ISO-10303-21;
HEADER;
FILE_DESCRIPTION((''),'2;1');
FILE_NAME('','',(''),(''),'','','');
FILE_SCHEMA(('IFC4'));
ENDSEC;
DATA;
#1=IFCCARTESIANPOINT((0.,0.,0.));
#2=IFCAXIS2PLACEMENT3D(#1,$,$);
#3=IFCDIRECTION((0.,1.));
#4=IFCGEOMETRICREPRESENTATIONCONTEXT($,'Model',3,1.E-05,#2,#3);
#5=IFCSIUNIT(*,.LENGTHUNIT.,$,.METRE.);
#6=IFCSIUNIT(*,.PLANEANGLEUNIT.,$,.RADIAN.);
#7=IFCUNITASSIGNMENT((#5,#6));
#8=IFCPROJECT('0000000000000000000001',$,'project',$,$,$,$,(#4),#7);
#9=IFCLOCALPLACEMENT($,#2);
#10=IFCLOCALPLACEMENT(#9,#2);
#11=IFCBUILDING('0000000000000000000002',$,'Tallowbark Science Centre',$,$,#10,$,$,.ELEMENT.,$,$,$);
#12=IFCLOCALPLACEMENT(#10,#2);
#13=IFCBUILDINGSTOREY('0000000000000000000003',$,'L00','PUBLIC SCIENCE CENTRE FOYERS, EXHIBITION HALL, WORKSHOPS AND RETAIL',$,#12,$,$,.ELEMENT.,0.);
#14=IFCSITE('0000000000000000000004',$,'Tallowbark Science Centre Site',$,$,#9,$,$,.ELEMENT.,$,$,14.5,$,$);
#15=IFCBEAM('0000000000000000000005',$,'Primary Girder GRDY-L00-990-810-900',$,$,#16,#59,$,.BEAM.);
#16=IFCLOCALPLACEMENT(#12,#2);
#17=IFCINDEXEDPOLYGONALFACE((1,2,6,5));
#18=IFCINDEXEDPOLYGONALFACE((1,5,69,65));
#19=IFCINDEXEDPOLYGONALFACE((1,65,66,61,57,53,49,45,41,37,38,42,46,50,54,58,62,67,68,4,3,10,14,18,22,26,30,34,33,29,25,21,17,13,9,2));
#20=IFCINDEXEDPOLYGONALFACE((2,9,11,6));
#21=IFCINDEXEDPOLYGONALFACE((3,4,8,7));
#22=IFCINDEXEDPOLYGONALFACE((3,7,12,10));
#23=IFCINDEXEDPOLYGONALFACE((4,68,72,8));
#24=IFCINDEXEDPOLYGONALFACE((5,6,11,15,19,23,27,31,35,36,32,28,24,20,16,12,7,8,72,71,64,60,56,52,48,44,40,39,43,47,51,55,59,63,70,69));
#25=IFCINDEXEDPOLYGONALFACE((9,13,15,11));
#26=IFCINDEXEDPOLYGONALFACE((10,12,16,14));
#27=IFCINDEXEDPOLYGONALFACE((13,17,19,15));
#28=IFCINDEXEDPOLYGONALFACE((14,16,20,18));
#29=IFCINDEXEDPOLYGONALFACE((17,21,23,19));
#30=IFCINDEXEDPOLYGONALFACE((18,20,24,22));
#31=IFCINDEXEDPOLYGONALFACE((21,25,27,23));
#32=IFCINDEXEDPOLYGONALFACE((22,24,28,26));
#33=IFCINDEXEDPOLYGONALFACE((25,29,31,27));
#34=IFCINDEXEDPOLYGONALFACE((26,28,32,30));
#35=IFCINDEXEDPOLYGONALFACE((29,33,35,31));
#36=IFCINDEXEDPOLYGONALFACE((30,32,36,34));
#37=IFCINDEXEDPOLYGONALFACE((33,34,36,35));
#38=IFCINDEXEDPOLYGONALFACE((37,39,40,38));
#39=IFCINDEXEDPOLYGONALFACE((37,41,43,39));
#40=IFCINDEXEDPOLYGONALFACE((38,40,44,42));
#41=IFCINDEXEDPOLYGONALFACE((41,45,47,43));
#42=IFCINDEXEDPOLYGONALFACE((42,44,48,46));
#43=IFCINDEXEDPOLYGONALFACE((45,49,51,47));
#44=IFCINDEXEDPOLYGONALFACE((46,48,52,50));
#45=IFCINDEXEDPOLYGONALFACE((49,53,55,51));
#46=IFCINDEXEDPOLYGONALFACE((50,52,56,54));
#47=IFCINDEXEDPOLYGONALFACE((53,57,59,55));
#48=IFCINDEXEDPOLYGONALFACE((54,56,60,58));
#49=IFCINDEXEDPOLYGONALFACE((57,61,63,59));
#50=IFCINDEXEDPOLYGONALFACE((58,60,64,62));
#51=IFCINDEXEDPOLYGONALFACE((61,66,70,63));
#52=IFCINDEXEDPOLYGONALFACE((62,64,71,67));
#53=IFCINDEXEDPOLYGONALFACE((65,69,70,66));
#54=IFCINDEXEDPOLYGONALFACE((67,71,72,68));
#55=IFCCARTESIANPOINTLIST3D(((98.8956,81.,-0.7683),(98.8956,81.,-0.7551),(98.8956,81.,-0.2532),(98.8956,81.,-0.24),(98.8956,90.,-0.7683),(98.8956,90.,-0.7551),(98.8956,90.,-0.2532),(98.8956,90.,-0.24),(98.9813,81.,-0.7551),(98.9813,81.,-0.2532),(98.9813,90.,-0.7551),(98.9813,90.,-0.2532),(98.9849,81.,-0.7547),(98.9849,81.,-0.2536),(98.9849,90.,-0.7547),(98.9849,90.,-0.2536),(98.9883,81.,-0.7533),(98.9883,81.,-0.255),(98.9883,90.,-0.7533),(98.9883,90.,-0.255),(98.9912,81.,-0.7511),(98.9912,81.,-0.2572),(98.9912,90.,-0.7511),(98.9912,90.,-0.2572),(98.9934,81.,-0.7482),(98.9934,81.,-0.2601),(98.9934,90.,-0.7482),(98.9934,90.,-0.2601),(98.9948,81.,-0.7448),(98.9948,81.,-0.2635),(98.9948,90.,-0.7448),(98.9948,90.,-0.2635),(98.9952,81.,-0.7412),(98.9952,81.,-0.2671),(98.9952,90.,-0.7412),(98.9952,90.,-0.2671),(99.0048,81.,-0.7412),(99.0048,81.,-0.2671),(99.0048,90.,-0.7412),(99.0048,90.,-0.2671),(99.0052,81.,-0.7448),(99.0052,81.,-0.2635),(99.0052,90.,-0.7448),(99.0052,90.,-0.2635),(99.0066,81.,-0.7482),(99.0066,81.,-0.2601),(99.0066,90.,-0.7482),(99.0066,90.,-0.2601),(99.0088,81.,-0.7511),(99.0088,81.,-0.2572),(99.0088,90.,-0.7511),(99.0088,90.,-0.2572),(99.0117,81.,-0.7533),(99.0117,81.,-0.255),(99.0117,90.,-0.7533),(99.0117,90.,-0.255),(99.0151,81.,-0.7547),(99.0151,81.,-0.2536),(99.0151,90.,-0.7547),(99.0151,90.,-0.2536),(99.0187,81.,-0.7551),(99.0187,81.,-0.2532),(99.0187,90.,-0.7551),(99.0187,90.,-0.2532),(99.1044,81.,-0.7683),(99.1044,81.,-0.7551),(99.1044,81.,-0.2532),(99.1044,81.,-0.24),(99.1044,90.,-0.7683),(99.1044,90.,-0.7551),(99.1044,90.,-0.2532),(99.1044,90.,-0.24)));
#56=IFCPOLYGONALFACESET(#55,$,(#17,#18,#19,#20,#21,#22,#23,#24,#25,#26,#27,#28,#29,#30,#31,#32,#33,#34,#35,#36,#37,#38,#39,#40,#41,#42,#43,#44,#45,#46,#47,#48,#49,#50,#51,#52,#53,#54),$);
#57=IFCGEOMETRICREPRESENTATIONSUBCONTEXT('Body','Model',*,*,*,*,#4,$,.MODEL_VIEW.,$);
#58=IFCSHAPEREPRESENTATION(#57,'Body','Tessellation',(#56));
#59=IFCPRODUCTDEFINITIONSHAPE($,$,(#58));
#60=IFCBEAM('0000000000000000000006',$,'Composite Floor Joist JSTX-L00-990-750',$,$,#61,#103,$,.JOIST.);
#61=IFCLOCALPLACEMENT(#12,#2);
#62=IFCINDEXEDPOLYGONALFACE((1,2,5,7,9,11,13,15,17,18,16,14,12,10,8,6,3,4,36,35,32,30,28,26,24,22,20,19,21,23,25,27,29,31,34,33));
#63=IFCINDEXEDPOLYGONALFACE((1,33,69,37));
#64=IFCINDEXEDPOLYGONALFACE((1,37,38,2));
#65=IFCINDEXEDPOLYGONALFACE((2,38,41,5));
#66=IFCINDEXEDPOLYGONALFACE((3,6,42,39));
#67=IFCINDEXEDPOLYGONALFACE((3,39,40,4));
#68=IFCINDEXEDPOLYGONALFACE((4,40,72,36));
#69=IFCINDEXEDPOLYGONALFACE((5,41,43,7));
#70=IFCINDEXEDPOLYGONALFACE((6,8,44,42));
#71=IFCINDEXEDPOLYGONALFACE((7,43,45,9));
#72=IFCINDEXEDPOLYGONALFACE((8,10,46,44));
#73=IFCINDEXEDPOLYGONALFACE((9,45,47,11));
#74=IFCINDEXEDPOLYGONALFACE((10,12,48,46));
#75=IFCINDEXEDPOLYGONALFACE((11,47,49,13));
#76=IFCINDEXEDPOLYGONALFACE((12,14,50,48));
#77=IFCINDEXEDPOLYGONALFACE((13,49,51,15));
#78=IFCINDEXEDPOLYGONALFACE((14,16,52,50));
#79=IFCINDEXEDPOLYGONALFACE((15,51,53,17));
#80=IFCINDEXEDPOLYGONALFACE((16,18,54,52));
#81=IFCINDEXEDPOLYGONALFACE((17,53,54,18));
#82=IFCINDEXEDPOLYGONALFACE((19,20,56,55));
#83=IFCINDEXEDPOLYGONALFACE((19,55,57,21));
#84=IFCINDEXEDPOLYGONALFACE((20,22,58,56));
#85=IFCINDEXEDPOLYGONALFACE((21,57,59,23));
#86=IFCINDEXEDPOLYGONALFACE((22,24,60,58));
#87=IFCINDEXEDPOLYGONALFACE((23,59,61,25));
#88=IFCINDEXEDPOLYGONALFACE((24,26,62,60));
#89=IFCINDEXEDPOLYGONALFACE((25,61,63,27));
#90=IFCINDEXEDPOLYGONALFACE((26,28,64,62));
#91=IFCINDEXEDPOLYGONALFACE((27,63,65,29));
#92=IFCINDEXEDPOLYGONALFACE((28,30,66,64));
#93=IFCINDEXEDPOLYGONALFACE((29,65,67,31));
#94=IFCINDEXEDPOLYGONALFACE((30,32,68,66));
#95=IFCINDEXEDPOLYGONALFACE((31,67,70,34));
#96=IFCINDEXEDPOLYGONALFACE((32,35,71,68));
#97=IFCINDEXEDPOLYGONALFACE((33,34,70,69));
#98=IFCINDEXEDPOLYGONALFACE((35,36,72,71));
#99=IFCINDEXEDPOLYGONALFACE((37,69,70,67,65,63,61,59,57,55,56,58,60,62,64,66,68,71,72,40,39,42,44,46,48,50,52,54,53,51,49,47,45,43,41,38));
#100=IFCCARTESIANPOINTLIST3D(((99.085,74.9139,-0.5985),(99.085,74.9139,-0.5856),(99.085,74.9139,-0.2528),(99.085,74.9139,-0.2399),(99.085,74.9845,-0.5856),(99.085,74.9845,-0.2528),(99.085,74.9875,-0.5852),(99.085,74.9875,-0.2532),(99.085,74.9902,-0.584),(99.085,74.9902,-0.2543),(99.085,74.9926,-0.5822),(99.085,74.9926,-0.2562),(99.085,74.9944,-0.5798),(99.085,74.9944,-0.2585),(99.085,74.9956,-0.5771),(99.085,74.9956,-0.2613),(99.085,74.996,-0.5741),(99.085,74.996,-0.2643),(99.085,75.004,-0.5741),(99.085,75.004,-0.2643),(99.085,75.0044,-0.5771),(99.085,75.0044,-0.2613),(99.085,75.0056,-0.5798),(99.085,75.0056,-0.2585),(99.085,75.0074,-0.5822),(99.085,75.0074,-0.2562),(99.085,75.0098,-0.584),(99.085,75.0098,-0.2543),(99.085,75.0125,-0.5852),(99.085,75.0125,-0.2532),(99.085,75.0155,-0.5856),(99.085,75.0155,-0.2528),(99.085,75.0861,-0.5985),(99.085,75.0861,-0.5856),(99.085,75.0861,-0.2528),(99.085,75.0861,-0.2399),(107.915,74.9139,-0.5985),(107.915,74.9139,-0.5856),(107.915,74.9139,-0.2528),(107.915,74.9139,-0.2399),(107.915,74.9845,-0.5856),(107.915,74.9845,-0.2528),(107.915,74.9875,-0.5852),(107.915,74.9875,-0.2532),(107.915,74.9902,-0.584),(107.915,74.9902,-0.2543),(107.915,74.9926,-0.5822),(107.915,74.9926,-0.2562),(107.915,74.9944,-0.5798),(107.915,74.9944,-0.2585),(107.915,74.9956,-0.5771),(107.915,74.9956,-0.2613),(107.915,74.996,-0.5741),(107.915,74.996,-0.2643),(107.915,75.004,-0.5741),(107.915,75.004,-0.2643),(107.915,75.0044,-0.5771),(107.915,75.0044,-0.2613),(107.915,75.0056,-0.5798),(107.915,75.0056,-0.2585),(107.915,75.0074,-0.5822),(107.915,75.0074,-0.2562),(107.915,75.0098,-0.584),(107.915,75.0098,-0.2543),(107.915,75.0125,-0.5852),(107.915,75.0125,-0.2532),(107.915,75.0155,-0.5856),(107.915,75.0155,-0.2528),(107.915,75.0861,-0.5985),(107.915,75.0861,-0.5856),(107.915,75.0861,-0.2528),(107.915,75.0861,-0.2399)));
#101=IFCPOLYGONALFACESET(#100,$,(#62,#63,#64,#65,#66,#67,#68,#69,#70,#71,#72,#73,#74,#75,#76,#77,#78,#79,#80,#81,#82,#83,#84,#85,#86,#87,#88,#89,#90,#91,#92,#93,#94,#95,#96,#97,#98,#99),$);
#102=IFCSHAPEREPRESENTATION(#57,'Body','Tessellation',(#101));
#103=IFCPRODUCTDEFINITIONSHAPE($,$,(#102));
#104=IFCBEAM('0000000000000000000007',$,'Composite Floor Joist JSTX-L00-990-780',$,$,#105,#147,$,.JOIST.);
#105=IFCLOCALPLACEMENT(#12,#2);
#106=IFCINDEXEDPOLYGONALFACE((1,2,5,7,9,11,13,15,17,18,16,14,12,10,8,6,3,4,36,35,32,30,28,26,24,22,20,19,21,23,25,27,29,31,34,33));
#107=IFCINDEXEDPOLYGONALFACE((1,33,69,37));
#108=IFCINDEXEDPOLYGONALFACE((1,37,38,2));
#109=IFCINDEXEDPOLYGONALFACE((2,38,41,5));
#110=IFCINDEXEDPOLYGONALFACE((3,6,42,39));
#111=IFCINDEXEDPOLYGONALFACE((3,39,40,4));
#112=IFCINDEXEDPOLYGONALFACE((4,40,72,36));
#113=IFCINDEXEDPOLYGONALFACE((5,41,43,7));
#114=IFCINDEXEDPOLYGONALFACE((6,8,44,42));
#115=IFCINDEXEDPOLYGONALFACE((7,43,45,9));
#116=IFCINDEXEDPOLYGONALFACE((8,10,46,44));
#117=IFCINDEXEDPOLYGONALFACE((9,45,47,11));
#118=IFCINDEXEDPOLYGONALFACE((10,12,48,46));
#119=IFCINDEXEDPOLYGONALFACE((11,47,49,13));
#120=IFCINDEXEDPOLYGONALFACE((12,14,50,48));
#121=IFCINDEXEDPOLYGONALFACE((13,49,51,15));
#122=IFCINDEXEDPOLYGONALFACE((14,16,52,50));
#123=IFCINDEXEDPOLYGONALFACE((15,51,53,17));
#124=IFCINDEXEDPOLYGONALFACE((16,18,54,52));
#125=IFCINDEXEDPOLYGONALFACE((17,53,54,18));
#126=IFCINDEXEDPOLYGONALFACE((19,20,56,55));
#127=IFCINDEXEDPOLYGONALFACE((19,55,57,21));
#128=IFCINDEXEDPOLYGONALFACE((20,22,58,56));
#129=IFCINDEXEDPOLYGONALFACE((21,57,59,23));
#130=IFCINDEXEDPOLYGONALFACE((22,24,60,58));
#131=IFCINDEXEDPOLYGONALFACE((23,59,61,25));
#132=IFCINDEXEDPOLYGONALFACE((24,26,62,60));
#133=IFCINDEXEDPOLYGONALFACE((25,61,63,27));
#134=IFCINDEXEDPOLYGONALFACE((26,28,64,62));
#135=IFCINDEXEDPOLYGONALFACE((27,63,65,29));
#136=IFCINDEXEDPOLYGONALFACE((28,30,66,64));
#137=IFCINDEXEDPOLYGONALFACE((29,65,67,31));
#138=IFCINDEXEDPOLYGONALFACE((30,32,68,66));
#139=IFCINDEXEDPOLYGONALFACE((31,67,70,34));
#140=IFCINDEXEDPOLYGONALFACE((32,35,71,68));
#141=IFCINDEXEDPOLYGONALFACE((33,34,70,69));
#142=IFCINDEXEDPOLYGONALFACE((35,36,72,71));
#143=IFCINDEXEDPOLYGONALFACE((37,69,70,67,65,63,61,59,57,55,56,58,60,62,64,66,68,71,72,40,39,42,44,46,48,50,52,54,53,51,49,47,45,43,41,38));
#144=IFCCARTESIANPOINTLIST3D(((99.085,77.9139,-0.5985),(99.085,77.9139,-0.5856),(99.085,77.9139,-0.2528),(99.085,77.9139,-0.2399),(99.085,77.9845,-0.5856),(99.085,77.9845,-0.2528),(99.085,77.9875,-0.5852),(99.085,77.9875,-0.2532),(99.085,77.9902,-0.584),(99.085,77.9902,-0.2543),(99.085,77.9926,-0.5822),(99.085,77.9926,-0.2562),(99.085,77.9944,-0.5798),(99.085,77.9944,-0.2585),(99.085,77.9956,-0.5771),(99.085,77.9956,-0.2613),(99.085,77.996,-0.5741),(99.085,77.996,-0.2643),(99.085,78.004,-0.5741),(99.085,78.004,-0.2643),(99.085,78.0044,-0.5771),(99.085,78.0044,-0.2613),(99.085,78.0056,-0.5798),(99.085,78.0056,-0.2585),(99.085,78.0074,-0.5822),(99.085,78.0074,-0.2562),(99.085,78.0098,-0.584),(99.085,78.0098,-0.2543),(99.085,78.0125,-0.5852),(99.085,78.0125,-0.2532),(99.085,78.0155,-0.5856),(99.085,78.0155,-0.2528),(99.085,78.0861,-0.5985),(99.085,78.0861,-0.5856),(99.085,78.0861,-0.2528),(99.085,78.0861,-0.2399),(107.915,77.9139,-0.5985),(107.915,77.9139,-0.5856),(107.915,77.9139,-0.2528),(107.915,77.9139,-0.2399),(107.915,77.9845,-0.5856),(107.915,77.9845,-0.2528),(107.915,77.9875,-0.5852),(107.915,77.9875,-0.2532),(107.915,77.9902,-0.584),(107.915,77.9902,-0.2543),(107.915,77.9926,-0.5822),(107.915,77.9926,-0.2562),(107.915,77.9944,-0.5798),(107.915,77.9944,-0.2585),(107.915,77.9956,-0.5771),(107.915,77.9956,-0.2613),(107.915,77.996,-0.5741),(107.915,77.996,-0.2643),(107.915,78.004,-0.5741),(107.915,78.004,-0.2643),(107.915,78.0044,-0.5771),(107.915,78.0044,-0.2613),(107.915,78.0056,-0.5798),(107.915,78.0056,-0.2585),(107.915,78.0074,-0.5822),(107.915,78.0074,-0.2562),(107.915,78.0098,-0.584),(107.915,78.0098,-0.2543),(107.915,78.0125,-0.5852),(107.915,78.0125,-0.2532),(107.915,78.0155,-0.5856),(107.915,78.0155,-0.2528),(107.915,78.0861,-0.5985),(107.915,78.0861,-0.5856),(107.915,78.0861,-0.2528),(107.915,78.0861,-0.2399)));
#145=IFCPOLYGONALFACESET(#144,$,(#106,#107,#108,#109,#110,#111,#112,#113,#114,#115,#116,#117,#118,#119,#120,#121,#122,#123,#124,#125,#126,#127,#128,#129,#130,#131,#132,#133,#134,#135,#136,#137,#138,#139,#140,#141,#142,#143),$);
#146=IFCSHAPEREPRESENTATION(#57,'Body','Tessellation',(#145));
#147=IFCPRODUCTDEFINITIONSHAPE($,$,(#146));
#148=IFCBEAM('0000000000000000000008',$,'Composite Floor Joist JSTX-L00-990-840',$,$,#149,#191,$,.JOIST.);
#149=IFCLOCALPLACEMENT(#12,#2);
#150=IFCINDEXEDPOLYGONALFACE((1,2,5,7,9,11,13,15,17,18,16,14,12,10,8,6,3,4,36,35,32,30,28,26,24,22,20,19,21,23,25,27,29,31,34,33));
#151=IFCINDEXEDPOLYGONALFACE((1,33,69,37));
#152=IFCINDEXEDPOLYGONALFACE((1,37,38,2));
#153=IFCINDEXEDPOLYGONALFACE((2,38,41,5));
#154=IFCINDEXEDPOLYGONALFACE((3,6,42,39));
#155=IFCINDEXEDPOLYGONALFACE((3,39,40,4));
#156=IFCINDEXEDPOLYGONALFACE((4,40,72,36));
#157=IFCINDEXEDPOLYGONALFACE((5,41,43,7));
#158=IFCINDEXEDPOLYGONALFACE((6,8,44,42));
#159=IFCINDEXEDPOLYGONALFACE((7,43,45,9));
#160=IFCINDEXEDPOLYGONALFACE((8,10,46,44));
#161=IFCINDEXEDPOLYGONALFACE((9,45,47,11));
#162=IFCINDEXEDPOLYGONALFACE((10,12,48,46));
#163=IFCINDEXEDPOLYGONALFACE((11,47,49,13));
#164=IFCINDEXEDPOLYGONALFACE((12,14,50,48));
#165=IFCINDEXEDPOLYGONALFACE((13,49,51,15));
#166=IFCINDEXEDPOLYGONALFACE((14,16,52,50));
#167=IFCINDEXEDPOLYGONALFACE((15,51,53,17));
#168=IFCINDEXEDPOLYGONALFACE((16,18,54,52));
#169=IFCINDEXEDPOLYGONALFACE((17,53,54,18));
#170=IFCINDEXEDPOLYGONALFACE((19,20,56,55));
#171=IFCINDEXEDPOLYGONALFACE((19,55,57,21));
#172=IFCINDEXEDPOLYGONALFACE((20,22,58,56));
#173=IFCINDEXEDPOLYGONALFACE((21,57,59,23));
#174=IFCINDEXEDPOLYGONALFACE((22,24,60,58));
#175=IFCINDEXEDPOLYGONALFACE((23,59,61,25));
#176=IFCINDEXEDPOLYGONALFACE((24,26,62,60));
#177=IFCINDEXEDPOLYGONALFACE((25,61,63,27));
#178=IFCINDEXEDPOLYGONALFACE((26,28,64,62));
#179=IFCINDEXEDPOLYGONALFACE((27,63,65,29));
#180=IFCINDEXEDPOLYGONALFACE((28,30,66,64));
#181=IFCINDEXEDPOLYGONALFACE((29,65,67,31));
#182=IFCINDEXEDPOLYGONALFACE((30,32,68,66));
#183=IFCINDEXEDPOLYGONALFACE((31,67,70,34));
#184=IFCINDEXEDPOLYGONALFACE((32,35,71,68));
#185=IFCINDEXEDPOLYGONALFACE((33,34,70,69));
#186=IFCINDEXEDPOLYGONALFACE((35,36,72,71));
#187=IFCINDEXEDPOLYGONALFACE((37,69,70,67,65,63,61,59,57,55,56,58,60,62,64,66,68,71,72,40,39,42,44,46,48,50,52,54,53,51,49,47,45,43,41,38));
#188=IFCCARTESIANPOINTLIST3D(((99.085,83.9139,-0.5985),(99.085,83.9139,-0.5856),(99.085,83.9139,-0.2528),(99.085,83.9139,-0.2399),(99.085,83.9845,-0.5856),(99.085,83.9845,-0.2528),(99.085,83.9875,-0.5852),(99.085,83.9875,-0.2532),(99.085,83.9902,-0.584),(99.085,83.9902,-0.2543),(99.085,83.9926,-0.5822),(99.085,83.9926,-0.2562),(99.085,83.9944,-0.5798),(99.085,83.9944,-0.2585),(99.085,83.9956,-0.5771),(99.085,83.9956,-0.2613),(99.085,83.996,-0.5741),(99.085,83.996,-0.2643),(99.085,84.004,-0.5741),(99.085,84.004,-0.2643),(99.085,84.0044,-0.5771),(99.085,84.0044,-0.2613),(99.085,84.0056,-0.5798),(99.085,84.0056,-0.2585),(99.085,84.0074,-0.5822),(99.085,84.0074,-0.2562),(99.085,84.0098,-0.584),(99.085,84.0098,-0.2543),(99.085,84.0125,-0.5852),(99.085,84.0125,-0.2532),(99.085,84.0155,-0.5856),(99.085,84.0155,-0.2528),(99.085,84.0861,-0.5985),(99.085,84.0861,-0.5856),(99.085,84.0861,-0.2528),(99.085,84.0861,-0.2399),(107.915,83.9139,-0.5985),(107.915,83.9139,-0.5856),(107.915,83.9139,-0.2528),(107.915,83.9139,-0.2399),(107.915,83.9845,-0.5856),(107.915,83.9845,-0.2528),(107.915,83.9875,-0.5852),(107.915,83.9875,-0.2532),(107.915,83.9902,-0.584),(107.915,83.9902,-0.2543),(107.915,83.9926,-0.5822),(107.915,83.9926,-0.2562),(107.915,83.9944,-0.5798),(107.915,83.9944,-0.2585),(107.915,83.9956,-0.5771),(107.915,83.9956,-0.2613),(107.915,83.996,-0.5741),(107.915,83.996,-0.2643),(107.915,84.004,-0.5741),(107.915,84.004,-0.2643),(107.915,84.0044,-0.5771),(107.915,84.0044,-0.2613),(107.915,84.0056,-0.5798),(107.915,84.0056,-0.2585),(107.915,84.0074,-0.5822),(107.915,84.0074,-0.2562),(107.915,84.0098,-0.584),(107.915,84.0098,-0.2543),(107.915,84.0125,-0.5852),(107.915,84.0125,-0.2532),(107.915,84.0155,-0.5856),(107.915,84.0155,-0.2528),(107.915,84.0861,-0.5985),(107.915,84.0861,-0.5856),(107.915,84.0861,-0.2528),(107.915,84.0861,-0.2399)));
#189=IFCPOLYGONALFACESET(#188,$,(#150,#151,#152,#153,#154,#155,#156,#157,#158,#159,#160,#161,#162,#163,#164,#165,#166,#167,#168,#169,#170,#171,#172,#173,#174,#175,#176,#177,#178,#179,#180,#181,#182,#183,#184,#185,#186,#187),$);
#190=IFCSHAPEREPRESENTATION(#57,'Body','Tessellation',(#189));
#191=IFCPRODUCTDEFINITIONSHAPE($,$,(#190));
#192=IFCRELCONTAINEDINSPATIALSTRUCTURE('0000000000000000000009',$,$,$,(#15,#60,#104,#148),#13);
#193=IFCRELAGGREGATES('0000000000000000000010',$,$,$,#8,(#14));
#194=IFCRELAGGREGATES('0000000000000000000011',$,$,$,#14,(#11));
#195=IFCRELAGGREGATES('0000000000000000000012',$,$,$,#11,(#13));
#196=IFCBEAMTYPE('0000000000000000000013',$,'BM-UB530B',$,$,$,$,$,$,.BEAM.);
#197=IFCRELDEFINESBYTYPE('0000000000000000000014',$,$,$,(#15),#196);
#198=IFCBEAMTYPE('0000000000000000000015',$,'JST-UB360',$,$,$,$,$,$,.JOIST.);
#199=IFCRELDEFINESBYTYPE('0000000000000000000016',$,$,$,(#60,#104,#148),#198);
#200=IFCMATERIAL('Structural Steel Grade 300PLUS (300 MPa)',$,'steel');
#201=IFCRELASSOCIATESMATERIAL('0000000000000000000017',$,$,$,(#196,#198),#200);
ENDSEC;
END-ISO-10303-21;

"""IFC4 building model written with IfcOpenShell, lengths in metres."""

from ifc_helpers import new_model, si_unit, direction, frame, origin, origin_2d, place, context, subcontext, project, spatial, i_section, extrude, material, material_profile, profile_set, type_object, element, save


model = new_model("IFC4")

# Units and contexts
model_context = context("Model", 3, precision=1e-05, world=origin(), true_north=direction((0.0, 1.0)))
body_context = subcontext(model_context, "Body", "Model", "MODEL_VIEW")
ifc_project = project(units=[si_unit("LENGTHUNIT", "METRE"), si_unit("PLANEANGLEUNIT", "RADIAN")], contexts=[model_context])

# Site, building, storey
site_placement = place(None, origin())
site = spatial("IfcSite", under=ifc_project, at=site_placement, Name="Tallowbark Science Centre Site", CompositionType="ELEMENT", RefElevation=14.5)
building_placement = place(site_placement, origin())
building = spatial("IfcBuilding", under=site, at=building_placement, Name="Tallowbark Science Centre", CompositionType="ELEMENT")
storey_placement = place(building_placement, origin())
storey = spatial("IfcBuildingStorey", under=building, at=storey_placement, Name="L00", Description="PUBLIC SCIENCE CENTRE FOYERS, EXHIBITION HALL, WORKSHOPS AND RETAIL", CompositionType="ELEMENT", Elevation=0.0)

# Shared definitions
ifc_material_1 = material(Name="Structural Steel Grade 300PLUS (300 MPa)", Category="steel")

# Beams
ifc_material_profile_1 = material_profile(ifc_material_1, i_section(OverallWidth=0.2087, OverallDepth=0.5283, WebThickness=0.0095, FlangeThickness=0.0132, FilletRadius=0.0139, at=origin_2d()), Name="530UB82.0")
ifc_profile_set_1 = profile_set([ifc_material_profile_1], Name="Structural Steel Grade 300PLUS (300 MPa)")
beam_type_1 = type_object("IfcBeamType", Name="BM-UB530B", PredefinedType="BEAM", material=ifc_profile_set_1)
beam_placement = place(storey_placement, frame((99.0, 81.0, -0.5042), z_axis=(0.0, 1.0, 0.0), x_axis=(-1.0, 0.0, 0.0)))
element("IfcBeam", 1, at=beam_placement, inside=storey, type_object=beam_type_1, Name="Primary Girder GRDY-L00-990-810-900", PredefinedType="BEAM", context=body_context, shape_type="SweptSolid", body=[
    extrude(i_section(OverallWidth=0.2087, OverallDepth=0.5283, WebThickness=0.0095, FlangeThickness=0.0132, FilletRadius=0.0139, at=origin_2d()), origin(), (0.0, 0.0, 1.0), 9.0),
])
ifc_material_profile_2 = material_profile(ifc_material_1, i_section(OverallWidth=0.1721, OverallDepth=0.3586, WebThickness=0.0081, FlangeThickness=0.0129, FilletRadius=0.0115, at=origin_2d()), Name="360UB56.7")
ifc_profile_set_2 = profile_set([ifc_material_profile_2], Name="Structural Steel Grade 300PLUS (300 MPa)")
beam_type_2 = type_object("IfcBeamType", Name="JST-UB360", PredefinedType="JOIST", material=ifc_profile_set_2)
for number, where, z_axis, x_axis, name in (
    (2, (99.085, 75.0, -0.4192), (1.0, 0.0, 0.0), (0.0, 1.0, 0.0), "Composite Floor Joist JSTX-L00-990-750"),
    (3, (99.085, 78.0, -0.4192), (1.0, 0.0, 0.0), (0.0, 1.0, 0.0), "Composite Floor Joist JSTX-L00-990-780"),
    (4, (99.085, 84.0, -0.4192), (1.0, 0.0, 0.0), (0.0, 1.0, 0.0), "Composite Floor Joist JSTX-L00-990-840"),
):
    element("IfcBeam", number, at=place(storey_placement, frame(where, z_axis=z_axis, x_axis=x_axis)), inside=storey, type_object=beam_type_2, Name=name, PredefinedType="JOIST", context=body_context, shape_type="SweptSolid", body=[
        extrude(i_section(OverallWidth=0.1721, OverallDepth=0.3586, WebThickness=0.0081, FlangeThickness=0.0129, FilletRadius=0.0115, at=origin_2d()), origin(), (0.0, 0.0, 1.0), 8.8301),
    ])

save(model, "model.ifc")
